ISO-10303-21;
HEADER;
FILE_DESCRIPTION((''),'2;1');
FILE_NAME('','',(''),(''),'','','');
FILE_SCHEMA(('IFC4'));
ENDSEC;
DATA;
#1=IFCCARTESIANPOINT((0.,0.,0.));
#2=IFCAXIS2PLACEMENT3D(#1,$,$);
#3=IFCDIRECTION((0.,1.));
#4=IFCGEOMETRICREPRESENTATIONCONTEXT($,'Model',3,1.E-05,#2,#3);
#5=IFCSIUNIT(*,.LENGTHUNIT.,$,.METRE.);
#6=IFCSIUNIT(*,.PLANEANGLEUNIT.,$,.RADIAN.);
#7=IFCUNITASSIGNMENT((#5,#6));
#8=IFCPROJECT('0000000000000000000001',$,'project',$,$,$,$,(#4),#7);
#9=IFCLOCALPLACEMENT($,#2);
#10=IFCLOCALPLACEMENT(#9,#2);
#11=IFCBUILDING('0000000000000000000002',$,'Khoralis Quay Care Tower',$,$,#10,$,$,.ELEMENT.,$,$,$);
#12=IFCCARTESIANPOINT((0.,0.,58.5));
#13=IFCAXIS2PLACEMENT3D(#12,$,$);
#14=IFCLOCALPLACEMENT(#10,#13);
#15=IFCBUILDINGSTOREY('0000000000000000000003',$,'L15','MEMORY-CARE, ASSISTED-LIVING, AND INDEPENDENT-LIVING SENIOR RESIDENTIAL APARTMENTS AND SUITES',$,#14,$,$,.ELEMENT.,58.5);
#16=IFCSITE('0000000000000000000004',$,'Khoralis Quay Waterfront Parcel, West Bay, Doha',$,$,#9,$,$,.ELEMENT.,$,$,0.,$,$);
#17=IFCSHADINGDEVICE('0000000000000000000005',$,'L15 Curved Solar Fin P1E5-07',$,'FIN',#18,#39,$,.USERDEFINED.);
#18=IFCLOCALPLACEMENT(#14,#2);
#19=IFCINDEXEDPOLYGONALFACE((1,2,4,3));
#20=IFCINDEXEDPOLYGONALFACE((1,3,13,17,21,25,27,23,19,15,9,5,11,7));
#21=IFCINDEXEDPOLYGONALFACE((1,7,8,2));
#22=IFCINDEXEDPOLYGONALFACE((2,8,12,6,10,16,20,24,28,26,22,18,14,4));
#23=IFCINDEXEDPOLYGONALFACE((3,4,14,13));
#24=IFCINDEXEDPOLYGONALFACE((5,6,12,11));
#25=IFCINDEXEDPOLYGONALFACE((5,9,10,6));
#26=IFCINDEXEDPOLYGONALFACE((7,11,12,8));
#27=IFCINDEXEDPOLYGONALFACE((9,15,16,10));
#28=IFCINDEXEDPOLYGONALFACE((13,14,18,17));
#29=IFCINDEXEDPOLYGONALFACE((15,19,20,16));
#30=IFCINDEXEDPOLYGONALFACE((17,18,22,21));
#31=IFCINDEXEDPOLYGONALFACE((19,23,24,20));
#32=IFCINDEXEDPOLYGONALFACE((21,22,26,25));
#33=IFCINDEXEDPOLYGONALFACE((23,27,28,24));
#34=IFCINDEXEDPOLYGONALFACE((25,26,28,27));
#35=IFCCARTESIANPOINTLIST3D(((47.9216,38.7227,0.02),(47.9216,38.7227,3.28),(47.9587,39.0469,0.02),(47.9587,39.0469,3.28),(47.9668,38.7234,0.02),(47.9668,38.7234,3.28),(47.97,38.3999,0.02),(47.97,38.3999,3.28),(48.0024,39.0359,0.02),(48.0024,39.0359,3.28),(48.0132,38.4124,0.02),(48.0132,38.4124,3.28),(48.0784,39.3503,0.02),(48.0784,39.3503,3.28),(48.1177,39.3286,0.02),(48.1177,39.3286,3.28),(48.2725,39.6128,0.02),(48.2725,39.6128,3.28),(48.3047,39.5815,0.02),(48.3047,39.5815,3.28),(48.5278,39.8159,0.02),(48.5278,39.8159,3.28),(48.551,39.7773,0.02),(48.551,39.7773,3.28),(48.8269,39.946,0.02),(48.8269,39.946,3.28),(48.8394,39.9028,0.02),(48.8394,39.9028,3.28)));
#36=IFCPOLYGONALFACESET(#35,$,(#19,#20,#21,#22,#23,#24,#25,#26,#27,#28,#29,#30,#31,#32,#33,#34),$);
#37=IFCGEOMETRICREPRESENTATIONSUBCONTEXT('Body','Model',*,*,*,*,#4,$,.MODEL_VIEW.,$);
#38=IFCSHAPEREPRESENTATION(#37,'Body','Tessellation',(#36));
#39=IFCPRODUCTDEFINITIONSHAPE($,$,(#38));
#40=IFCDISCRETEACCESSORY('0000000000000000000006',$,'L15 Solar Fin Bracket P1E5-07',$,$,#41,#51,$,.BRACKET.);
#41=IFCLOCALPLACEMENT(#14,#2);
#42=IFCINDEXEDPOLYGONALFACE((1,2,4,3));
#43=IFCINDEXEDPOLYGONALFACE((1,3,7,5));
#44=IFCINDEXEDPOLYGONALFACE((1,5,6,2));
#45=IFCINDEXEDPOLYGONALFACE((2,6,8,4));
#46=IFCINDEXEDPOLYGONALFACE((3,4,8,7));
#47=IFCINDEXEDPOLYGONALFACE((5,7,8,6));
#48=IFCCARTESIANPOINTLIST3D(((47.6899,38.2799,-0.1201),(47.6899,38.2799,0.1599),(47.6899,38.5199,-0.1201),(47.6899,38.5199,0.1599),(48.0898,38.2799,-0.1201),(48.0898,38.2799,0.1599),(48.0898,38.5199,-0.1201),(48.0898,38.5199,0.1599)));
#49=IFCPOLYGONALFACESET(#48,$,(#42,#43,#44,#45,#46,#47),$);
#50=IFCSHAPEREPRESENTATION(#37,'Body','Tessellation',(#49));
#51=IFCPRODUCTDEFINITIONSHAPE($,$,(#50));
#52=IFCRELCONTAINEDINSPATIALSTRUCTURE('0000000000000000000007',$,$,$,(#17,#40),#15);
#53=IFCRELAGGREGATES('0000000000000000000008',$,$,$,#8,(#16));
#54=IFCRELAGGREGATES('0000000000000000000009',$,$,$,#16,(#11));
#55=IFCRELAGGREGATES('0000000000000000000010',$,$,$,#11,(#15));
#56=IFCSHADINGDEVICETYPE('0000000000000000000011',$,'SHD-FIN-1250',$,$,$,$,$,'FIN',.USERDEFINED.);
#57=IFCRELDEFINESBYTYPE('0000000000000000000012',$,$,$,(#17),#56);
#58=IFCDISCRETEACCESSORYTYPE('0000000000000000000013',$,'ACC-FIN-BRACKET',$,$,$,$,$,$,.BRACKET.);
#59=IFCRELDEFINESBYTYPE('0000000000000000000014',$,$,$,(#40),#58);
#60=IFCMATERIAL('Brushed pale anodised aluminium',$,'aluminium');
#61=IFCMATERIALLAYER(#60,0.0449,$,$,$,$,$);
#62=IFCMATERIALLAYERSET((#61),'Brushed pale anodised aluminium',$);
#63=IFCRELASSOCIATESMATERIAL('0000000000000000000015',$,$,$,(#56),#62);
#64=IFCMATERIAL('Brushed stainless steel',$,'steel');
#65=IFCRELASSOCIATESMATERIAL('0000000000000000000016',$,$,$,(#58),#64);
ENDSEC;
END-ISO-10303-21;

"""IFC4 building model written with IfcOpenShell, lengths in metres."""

from ifc_helpers import new_model, si_unit, direction, frame, origin, origin_2d, place, context, subcontext, project, spatial, polyline, rectangle, outline, extrude, source, transform, mapped, material, layer, layer_set, type_object, element, save


model = new_model("IFC4")

# Units and contexts
model_context = context("Model", 3, precision=1e-05, world=origin(), true_north=direction((0.0, 1.0)))
body_context = subcontext(model_context, "Body", "Model", "MODEL_VIEW")
ifc_project = project(units=[si_unit("LENGTHUNIT", "METRE"), si_unit("PLANEANGLEUNIT", "RADIAN")], contexts=[model_context])

# Site, building, storey
site_placement = place(None, origin())
site = spatial("IfcSite", under=ifc_project, at=site_placement, Name="Khoralis Quay Waterfront Parcel, West Bay, Doha", CompositionType="ELEMENT", RefElevation=0.0)
building_placement = place(site_placement, origin())
building = spatial("IfcBuilding", under=site, at=building_placement, Name="Khoralis Quay Care Tower", CompositionType="ELEMENT")
storey_placement = place(building_placement, frame((0.0, 0.0, 58.5)))
storey = spatial("IfcBuildingStorey", under=building, at=storey_placement, Name="L15", Description="MEMORY-CARE, ASSISTED-LIVING, AND INDEPENDENT-LIVING SENIOR RESIDENTIAL APARTMENTS AND SUITES", CompositionType="ELEMENT", Elevation=58.5)

# Shading device
ifc_material_1 = material(Name="Brushed pale anodised aluminium", Category="aluminium")
ifc_layer_1 = layer(ifc_material_1, 0.0449)
ifc_layer_set_1 = layer_set([ifc_layer_1], Name="Brushed pale anodised aluminium")
shading_device_type = type_object("IfcShadingDeviceType", Name="SHD-FIN-1250", ElementType="FIN", PredefinedType="USERDEFINED", material=ifc_layer_set_1)
shared_shape_1 = source(origin(), body_context, "Body", "SweptSolid", [
    extrude(outline(polyline([(0.0, 0.0), (-0.0483, 0.3228), (-0.0112, 0.647), (0.1084, 0.9504), (0.3025, 1.2129), (0.5579, 1.416), (0.8569, 1.5461), (0.8694, 1.5029), (0.5811, 1.3774), (0.3347, 1.1816), (0.1477, 0.9287), (0.0325, 0.636), (-0.0032, 0.3235), (0.0432, 0.0125), (0.0, 0.0)])), origin(), (0.0, 0.0, 1.0), 3.26),
])
shading_device_placement = place(storey_placement, frame((47.97, 38.3999, 0.02), z_axis=(0.0, 0.0, 1.0), x_axis=(1.0, 0.0, 0.0)))
element("IfcShadingDevice", 1, at=shading_device_placement, inside=storey, type_object=shading_device_type, Name="L15 Curved Solar Fin P1E5-07", ObjectType="FIN", PredefinedType="USERDEFINED", context=body_context, shape_type="MappedRepresentation", body=[
    mapped(shared_shape_1, transform((0.0, 0.0, 0.0), scale=1.0)),
])

# Discrete accessory
ifc_material_2 = material(Name="Brushed stainless steel", Category="steel")
discrete_accessory_type = type_object("IfcDiscreteAccessoryType", Name="ACC-FIN-BRACKET", PredefinedType="BRACKET", material=ifc_material_2)
shared_shape_2 = source(origin(), body_context, "Body", "SweptSolid", [
    extrude(rectangle(XDim=0.3999, YDim=0.24, at=origin_2d()), origin(), (0.0, 0.0, 1.0), 0.28),
])
discrete_accessory_placement = place(storey_placement, frame((47.8899, 38.3999, -0.1201), z_axis=(0.0, 0.0, 1.0), x_axis=(1.0, 0.0, 0.0)))
element("IfcDiscreteAccessory", 2, at=discrete_accessory_placement, inside=storey, type_object=discrete_accessory_type, Name="L15 Solar Fin Bracket P1E5-07", PredefinedType="BRACKET", context=body_context, shape_type="MappedRepresentation", body=[
    mapped(shared_shape_2, transform((0.0, 0.0, 0.0), scale=1.0)),
])

save(model, "model.ifc")
